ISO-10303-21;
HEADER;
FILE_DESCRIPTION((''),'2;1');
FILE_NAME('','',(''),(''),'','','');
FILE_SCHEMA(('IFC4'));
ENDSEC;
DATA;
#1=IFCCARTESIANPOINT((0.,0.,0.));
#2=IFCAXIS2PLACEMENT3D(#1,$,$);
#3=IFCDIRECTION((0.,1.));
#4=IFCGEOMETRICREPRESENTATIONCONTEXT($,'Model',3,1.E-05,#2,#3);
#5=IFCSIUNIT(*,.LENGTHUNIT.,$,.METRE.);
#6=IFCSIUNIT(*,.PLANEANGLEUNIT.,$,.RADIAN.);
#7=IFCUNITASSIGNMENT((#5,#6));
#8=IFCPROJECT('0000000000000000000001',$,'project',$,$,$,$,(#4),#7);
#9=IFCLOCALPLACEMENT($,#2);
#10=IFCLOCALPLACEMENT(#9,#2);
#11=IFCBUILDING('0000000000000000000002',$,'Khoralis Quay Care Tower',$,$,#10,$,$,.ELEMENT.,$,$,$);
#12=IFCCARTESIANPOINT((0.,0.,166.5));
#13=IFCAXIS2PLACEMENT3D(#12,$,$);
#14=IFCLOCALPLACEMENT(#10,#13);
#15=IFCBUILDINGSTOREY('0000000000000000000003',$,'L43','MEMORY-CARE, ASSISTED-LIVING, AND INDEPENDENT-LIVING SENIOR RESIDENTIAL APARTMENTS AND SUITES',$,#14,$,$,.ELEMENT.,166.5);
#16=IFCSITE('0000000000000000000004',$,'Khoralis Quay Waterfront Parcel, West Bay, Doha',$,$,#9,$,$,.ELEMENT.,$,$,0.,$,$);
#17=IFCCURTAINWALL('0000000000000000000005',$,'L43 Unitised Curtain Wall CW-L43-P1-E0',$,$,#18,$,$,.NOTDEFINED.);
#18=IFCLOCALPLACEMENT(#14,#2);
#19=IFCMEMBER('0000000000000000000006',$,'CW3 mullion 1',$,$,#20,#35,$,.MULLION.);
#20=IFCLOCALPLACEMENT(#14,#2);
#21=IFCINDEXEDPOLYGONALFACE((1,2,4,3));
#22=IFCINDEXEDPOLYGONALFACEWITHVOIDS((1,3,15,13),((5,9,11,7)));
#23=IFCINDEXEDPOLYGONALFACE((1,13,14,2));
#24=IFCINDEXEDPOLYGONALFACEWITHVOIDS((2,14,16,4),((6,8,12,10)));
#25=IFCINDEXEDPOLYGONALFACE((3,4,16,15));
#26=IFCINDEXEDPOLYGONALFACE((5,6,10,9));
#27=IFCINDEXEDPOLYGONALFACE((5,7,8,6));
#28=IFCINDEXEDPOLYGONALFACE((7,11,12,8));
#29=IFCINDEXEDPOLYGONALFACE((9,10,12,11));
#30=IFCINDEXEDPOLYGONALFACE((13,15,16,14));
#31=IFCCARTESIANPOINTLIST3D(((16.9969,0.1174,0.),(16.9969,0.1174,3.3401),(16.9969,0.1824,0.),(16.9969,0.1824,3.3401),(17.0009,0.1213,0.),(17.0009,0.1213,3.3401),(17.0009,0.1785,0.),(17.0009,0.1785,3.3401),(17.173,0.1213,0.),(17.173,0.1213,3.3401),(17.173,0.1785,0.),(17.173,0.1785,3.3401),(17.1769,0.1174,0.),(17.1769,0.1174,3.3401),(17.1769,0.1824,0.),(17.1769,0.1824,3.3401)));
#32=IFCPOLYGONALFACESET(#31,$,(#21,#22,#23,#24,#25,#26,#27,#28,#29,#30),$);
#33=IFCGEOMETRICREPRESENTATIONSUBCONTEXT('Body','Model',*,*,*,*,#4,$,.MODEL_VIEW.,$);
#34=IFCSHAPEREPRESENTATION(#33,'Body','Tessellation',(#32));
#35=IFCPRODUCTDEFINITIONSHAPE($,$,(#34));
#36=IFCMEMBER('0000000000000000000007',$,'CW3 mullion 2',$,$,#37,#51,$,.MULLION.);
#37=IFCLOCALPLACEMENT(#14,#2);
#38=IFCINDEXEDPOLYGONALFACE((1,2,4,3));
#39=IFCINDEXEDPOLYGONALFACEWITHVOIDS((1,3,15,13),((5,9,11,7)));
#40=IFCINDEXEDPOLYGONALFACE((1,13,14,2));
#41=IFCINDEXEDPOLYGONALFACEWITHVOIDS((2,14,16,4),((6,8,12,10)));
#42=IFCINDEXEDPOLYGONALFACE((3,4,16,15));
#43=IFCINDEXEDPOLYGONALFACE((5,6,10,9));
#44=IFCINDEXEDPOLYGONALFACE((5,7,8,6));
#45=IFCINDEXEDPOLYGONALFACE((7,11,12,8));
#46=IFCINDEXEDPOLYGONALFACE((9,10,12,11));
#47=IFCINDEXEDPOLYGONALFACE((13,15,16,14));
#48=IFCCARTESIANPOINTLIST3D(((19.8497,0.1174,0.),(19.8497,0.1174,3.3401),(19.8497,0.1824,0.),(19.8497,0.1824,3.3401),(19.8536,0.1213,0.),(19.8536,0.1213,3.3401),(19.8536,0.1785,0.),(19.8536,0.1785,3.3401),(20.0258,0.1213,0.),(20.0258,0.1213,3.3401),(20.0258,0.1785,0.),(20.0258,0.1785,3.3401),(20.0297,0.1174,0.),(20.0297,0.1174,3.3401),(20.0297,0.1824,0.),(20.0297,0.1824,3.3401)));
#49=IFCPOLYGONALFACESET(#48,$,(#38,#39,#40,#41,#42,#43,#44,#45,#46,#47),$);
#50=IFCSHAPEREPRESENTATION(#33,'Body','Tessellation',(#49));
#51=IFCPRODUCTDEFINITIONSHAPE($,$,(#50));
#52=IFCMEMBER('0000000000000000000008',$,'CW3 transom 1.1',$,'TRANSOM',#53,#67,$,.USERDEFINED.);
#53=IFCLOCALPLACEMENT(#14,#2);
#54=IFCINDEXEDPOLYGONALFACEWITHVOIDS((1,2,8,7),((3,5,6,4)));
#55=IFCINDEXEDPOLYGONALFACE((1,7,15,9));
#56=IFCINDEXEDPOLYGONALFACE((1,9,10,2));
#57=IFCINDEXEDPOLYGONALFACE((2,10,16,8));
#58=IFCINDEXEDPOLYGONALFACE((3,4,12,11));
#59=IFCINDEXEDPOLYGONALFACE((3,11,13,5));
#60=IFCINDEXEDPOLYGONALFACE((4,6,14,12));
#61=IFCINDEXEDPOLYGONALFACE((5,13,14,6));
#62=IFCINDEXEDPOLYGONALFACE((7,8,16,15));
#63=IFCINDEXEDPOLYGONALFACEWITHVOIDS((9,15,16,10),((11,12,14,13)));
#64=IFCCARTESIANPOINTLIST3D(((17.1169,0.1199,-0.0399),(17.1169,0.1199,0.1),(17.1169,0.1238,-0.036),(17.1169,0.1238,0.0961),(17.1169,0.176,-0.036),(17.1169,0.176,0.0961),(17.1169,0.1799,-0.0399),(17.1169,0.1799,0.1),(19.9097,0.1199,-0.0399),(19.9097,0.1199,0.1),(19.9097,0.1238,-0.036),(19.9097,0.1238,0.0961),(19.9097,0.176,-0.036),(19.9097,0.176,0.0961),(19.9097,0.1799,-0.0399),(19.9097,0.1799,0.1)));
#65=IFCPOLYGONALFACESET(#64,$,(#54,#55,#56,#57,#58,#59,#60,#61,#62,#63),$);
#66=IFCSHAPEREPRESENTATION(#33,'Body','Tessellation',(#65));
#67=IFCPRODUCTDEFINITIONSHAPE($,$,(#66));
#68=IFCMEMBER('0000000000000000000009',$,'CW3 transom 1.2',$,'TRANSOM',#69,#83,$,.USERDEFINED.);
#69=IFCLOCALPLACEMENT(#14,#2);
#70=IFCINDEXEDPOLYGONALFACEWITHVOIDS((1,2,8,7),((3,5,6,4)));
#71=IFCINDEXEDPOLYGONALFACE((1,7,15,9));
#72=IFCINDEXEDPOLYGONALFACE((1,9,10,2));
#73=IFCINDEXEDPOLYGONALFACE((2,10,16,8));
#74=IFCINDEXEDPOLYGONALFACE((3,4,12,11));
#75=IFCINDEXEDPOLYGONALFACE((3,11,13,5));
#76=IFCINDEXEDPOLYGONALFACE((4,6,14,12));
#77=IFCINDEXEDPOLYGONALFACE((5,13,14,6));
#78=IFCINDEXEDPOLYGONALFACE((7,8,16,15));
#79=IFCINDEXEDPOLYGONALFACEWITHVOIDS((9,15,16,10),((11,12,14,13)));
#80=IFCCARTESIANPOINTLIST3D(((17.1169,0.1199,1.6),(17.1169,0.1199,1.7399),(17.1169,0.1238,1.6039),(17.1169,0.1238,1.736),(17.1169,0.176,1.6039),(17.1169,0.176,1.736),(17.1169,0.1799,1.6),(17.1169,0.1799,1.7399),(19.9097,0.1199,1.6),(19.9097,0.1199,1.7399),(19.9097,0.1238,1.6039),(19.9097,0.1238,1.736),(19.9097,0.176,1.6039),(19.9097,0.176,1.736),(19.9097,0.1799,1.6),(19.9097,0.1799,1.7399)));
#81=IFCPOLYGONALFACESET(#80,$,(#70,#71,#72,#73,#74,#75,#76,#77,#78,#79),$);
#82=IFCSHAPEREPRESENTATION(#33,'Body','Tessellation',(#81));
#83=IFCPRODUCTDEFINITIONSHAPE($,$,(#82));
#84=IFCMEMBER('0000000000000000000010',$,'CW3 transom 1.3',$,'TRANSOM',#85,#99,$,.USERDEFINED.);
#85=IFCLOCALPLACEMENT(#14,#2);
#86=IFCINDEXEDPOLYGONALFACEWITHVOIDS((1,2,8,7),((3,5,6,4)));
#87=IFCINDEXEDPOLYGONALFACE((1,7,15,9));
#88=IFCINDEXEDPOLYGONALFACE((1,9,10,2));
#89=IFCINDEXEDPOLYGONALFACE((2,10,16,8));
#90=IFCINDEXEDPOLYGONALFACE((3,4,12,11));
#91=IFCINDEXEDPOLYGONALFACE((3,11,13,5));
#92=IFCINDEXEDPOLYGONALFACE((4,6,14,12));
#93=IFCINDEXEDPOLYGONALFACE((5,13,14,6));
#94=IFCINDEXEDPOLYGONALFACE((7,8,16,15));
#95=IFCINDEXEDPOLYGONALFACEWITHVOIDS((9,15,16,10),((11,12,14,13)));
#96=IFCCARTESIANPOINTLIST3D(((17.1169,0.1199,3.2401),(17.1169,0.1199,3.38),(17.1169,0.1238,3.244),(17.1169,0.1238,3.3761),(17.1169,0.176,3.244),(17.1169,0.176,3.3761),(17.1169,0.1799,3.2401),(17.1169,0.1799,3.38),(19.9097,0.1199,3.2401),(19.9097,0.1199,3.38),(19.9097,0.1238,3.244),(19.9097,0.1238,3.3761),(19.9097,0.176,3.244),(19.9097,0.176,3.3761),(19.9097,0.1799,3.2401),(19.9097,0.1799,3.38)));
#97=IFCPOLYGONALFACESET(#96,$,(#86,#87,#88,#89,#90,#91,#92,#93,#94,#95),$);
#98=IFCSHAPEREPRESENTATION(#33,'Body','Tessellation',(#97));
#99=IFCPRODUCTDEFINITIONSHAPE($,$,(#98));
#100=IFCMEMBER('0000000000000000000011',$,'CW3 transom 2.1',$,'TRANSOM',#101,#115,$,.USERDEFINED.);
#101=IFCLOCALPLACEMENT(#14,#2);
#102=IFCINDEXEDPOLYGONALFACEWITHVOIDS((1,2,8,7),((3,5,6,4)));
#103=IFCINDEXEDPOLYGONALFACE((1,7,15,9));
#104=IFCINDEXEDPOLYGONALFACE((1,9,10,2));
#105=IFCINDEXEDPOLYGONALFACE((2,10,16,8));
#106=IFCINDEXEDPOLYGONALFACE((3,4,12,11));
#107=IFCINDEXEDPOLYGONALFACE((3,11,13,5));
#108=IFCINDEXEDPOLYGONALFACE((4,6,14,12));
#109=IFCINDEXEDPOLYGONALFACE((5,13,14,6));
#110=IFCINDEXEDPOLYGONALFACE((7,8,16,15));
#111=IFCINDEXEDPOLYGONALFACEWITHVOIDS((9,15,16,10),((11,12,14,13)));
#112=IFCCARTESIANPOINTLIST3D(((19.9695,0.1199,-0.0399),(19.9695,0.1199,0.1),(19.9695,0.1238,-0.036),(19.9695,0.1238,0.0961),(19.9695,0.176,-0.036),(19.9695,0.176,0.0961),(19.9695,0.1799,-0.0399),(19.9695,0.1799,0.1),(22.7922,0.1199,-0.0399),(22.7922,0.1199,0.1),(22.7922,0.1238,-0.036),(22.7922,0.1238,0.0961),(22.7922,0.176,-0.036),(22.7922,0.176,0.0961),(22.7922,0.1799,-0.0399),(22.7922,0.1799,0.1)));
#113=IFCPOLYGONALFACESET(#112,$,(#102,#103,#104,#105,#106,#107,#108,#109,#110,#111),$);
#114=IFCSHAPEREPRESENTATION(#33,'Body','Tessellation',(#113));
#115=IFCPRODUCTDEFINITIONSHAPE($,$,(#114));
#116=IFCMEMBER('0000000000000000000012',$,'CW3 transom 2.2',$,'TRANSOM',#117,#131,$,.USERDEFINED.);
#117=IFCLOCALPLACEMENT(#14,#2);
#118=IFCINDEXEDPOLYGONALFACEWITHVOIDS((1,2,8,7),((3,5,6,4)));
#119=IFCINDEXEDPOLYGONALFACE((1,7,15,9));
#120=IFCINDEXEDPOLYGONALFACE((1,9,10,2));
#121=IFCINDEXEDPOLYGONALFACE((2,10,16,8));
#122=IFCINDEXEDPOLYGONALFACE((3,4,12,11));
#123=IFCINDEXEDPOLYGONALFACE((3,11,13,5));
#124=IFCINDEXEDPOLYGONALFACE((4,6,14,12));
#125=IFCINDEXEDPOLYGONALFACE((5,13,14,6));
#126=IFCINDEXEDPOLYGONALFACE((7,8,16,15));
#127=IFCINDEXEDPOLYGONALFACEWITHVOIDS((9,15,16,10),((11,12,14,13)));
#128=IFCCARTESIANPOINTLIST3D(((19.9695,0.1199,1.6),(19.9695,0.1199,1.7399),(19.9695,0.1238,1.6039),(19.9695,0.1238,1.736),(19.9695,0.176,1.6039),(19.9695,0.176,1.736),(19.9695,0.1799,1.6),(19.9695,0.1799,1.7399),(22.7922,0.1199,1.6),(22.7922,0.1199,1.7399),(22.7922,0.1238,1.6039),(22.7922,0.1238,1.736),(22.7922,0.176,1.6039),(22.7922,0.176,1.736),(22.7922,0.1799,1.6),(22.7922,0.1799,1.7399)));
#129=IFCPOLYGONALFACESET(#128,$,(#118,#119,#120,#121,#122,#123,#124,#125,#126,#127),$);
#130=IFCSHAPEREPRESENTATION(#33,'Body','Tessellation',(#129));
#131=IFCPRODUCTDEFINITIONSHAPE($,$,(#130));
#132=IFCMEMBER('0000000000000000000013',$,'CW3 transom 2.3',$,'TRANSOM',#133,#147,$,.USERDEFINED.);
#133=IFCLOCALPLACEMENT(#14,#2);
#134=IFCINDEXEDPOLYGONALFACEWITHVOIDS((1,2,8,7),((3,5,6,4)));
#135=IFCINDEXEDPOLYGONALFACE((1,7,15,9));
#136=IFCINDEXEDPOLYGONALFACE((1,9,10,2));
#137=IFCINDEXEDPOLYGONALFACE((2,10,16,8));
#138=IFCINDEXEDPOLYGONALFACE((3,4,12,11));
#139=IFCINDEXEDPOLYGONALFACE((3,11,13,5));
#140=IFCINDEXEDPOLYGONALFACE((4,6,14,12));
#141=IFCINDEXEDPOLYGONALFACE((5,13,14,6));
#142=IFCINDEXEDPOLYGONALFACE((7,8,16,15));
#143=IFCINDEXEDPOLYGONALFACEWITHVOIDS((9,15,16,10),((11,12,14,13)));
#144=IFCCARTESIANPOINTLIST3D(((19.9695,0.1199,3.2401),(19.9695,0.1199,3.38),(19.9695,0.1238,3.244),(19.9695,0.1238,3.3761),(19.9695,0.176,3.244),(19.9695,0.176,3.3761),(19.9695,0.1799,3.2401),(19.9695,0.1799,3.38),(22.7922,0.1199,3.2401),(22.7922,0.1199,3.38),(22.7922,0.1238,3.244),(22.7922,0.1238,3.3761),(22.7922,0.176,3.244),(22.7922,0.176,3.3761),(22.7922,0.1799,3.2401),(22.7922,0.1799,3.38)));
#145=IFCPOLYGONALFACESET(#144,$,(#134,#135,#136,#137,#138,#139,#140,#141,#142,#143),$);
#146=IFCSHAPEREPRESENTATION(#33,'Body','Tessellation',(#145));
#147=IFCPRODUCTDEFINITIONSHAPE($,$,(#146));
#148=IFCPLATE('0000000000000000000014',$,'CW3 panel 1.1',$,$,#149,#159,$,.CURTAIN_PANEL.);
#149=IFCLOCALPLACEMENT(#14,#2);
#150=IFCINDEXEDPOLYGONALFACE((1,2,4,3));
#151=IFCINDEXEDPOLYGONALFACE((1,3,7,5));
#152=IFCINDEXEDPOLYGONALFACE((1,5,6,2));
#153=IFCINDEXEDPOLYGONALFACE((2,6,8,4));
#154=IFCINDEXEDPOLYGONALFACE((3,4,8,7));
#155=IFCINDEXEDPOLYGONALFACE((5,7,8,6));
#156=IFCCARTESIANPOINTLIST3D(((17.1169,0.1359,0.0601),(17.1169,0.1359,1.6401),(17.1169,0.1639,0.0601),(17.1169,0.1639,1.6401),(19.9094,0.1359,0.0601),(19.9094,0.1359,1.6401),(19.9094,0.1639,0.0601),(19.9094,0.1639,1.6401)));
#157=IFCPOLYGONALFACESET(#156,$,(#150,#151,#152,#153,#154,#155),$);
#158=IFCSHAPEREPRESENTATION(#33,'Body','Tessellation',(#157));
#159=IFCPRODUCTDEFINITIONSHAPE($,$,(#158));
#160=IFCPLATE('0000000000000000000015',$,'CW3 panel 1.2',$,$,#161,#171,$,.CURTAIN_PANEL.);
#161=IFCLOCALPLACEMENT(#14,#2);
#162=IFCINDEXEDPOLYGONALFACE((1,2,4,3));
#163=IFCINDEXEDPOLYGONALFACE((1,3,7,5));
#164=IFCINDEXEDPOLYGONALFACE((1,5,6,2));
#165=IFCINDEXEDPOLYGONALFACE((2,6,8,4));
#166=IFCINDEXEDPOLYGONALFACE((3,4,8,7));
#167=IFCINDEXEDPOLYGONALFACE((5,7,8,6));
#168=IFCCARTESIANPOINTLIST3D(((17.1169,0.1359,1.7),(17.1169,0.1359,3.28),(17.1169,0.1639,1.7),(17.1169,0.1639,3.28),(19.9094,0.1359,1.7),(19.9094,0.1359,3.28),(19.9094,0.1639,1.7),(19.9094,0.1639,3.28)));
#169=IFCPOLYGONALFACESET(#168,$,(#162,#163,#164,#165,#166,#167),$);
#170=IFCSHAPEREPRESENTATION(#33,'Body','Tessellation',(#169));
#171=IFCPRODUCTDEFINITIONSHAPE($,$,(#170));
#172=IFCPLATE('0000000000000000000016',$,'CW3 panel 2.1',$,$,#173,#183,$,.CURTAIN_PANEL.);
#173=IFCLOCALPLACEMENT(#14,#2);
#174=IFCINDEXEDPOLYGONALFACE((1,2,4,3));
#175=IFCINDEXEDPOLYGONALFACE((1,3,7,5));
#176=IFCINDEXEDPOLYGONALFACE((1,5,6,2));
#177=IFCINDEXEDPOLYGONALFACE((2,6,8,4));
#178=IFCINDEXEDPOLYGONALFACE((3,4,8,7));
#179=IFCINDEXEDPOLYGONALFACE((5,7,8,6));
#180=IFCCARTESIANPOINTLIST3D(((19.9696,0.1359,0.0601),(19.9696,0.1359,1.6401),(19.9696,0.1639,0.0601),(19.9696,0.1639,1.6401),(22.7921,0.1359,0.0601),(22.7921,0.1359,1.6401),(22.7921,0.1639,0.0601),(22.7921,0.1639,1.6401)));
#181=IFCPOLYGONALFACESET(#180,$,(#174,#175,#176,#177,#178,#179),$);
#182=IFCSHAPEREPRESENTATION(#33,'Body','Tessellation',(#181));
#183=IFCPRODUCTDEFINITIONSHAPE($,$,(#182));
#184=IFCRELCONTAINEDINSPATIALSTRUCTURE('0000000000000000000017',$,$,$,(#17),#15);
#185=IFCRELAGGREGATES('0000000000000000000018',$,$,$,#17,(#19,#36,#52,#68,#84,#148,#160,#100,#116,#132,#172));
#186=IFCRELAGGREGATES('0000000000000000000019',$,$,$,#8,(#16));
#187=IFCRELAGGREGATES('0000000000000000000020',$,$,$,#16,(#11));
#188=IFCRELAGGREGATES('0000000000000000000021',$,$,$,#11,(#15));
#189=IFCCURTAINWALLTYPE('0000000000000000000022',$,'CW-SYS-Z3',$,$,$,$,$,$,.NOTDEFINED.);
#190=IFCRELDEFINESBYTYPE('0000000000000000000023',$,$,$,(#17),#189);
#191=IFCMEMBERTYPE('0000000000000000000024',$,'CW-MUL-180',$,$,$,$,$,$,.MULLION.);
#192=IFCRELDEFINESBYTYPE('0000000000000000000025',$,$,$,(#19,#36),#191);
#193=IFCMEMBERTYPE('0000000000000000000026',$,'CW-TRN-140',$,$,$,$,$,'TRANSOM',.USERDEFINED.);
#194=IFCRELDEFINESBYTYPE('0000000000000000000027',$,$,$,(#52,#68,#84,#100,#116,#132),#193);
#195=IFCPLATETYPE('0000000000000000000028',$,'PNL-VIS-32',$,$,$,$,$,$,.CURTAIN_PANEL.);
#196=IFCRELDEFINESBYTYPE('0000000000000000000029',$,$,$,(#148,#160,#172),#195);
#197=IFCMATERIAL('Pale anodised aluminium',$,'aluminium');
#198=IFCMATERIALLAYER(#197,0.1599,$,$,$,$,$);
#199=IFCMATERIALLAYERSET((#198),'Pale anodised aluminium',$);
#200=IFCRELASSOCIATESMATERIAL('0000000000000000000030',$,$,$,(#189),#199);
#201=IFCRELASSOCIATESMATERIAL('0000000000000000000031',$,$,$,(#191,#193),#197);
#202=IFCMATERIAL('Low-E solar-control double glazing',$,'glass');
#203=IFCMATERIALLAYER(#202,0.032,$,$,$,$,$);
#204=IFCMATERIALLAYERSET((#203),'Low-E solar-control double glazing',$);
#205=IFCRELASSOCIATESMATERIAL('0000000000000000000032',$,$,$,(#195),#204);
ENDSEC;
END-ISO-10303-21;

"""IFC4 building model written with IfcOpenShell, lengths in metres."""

from ifc_helpers import new_model, si_unit, direction, frame, origin, origin_2d, place, context, subcontext, project, spatial, rectangle, hollow_rectangle, extrude, source, transform, mapped, material, layer, layer_set, material_profile, profile_set, type_object, element, aggregate, save


model = new_model("IFC4")

# Units and contexts
model_context = context("Model", 3, precision=1e-05, world=origin(), true_north=direction((0.0, 1.0)))
body_context = subcontext(model_context, "Body", "Model", "MODEL_VIEW")
ifc_project = project(units=[si_unit("LENGTHUNIT", "METRE"), si_unit("PLANEANGLEUNIT", "RADIAN")], contexts=[model_context])

# Site, building, storey
site_placement = place(None, origin())
site = spatial("IfcSite", under=ifc_project, at=site_placement, Name="Khoralis Quay Waterfront Parcel, West Bay, Doha", CompositionType="ELEMENT", RefElevation=0.0)
building_placement = place(site_placement, origin())
building = spatial("IfcBuilding", under=site, at=building_placement, Name="Khoralis Quay Care Tower", CompositionType="ELEMENT")
storey_placement = place(building_placement, frame((0.0, 0.0, 166.5)))
storey = spatial("IfcBuildingStorey", under=building, at=storey_placement, Name="L43", Description="MEMORY-CARE, ASSISTED-LIVING, AND INDEPENDENT-LIVING SENIOR RESIDENTIAL APARTMENTS AND SUITES", CompositionType="ELEMENT", Elevation=166.5)

# Curtain wall, members, plates
ifc_material_1 = material(Name="Pale anodised aluminium", Category="aluminium")
ifc_layer_1 = layer(ifc_material_1, 0.1599)
ifc_layer_set_1 = layer_set([ifc_layer_1], Name="Pale anodised aluminium")
curtain_wall_type = type_object("IfcCurtainWallType", Name="CW-SYS-Z3", PredefinedType="NOTDEFINED", material=ifc_layer_set_1)
curtain_wall_placement = place(storey_placement, origin())
curtain_wall = element("IfcCurtainWall", 1, at=curtain_wall_placement, inside=storey, type_object=curtain_wall_type, Name="L43 Unitised Curtain Wall CW-L43-P1-E0", PredefinedType="NOTDEFINED")
ifc_material_profile_1 = material_profile(ifc_material_1, hollow_rectangle(XDim=0.0649, YDim=0.1799, WallThickness=0.0039, at=origin_2d()), Name="Pale anodised aluminium")
ifc_profile_set_1 = profile_set([ifc_material_profile_1], Name="Pale anodised aluminium")
member_type_1 = type_object("IfcMemberType", Name="CW-MUL-180", PredefinedType="MULLION", material=ifc_profile_set_1)
shared_shape_1 = source(origin(), body_context, "Body", "SweptSolid", [
    extrude(hollow_rectangle(XDim=0.0649, YDim=0.1799, WallThickness=0.0039, at=origin_2d()), origin(), (0.0, 0.0, 1.0), 3.3401),
])
member_1_placement = place(storey_placement, frame((17.0869, 0.1499, 0.0), z_axis=(0.0, 0.0, 1.0), x_axis=(0.0, 1.0, 0.0)))
member_1 = element("IfcMember", 2, at=member_1_placement, type_object=member_type_1, Name="CW3 mullion 1", PredefinedType="MULLION", context=body_context, shape_type="MappedRepresentation", body=[
    mapped(shared_shape_1, transform((0.0, 0.0, 0.0), scale=1.0)),
])
member_2_placement = place(storey_placement, frame((19.9397, 0.1499, 0.0), z_axis=(0.0, 0.0, 1.0), x_axis=(0.0, 1.0, 0.0)))
member_2 = element("IfcMember", 3, at=member_2_placement, type_object=member_type_1, Name="CW3 mullion 2", PredefinedType="MULLION", context=body_context, shape_type="MappedRepresentation", body=[
    mapped(shared_shape_1, transform((0.0, 0.0, 0.0), scale=1.0)),
])
ifc_material_profile_2 = material_profile(ifc_material_1, hollow_rectangle(XDim=0.0601, YDim=0.1399, WallThickness=0.0039, at=origin_2d()), Name="Pale anodised aluminium")
ifc_profile_set_2 = profile_set([ifc_material_profile_2], Name="Pale anodised aluminium")
member_type_2 = type_object("IfcMemberType", Name="CW-TRN-140", ElementType="TRANSOM", PredefinedType="USERDEFINED", material=ifc_profile_set_2)
shared_shape_2 = source(origin(), body_context, "Body", "SweptSolid", [
    extrude(hollow_rectangle(XDim=0.0601, YDim=0.1399, WallThickness=0.0039, at=origin_2d()), origin(), (0.0, 0.0, 1.0), 2.7927),
])
member_3_placement = place(storey_placement, frame((17.1169, 0.1499, 0.03), z_axis=(1.0, 0.0, 0.0), x_axis=(0.0, 1.0, 0.0)))
member_3 = element("IfcMember", 4, at=member_3_placement, type_object=member_type_2, Name="CW3 transom 1.1", ObjectType="TRANSOM", PredefinedType="USERDEFINED", context=body_context, shape_type="MappedRepresentation", body=[
    mapped(shared_shape_2, transform((0.0, 0.0, 0.0), scale=1.0)),
])
member_4_placement = place(storey_placement, frame((17.1169, 0.1499, 1.6699), z_axis=(1.0, 0.0, 0.0), x_axis=(0.0, 1.0, 0.0)))
member_4 = element("IfcMember", 5, at=member_4_placement, type_object=member_type_2, Name="CW3 transom 1.2", ObjectType="TRANSOM", PredefinedType="USERDEFINED", context=body_context, shape_type="MappedRepresentation", body=[
    mapped(shared_shape_2, transform((0.0, 0.0, 0.0), scale=1.0)),
])
member_5_placement = place(storey_placement, frame((17.1169, 0.1499, 3.3101), z_axis=(1.0, 0.0, 0.0), x_axis=(0.0, 1.0, 0.0)))
member_5 = element("IfcMember", 6, at=member_5_placement, type_object=member_type_2, Name="CW3 transom 1.3", ObjectType="TRANSOM", PredefinedType="USERDEFINED", context=body_context, shape_type="MappedRepresentation", body=[
    mapped(shared_shape_2, transform((0.0, 0.0, 0.0), scale=1.0)),
])
shared_shape_3 = source(origin(), body_context, "Body", "SweptSolid", [
    extrude(hollow_rectangle(XDim=0.0601, YDim=0.1399, WallThickness=0.0039, at=origin_2d()), origin(), (0.0, 0.0, 1.0), 2.8228),
])
member_6_placement = place(storey_placement, frame((19.9695, 0.1499, 0.03), z_axis=(1.0, 0.0, 0.0), x_axis=(0.0, 1.0, 0.0)))
member_6 = element("IfcMember", 7, at=member_6_placement, type_object=member_type_2, Name="CW3 transom 2.1", ObjectType="TRANSOM", PredefinedType="USERDEFINED", context=body_context, shape_type="MappedRepresentation", body=[
    mapped(shared_shape_3, transform((0.0, 0.0, 0.0), scale=1.0)),
])
member_7_placement = place(storey_placement, frame((19.9695, 0.1499, 1.6699), z_axis=(1.0, 0.0, 0.0), x_axis=(0.0, 1.0, 0.0)))
member_7 = element("IfcMember", 8, at=member_7_placement, type_object=member_type_2, Name="CW3 transom 2.2", ObjectType="TRANSOM", PredefinedType="USERDEFINED", context=body_context, shape_type="MappedRepresentation", body=[
    mapped(shared_shape_3, transform((0.0, 0.0, 0.0), scale=1.0)),
])
member_8_placement = place(storey_placement, frame((19.9695, 0.1499, 3.3101), z_axis=(1.0, 0.0, 0.0), x_axis=(0.0, 1.0, 0.0)))
member_8 = element("IfcMember", 9, at=member_8_placement, type_object=member_type_2, Name="CW3 transom 2.3", ObjectType="TRANSOM", PredefinedType="USERDEFINED", context=body_context, shape_type="MappedRepresentation", body=[
    mapped(shared_shape_3, transform((0.0, 0.0, 0.0), scale=1.0)),
])
ifc_material_2 = material(Name="Low-E solar-control double glazing", Category="glass")
ifc_layer_2 = layer(ifc_material_2, 0.032)
ifc_layer_set_2 = layer_set([ifc_layer_2], Name="Low-E solar-control double glazing")
plate_type = type_object("IfcPlateType", Name="PNL-VIS-32", PredefinedType="CURTAIN_PANEL", material=ifc_layer_set_2)
shared_shape_4 = source(origin(), body_context, "Body", "SweptSolid", [
    extrude(rectangle(XDim=2.7925, YDim=0.0281, at=origin_2d()), origin(), (0.0, 0.0, 1.0), 1.5801),
])
plate_1_placement = place(storey_placement, frame((18.5132, 0.1499, 0.0601), z_axis=(0.0, 0.0, 1.0), x_axis=(1.0, 0.0, 0.0)))
plate_1 = element("IfcPlate", 10, at=plate_1_placement, type_object=plate_type, Name="CW3 panel 1.1", PredefinedType="CURTAIN_PANEL", context=body_context, shape_type="MappedRepresentation", body=[
    mapped(shared_shape_4, transform((0.0, 0.0, 0.0), scale=1.0)),
])
plate_2_placement = place(storey_placement, frame((18.5132, 0.1499, 1.7), z_axis=(0.0, 0.0, 1.0), x_axis=(1.0, 0.0, 0.0)))
plate_2 = element("IfcPlate", 11, at=plate_2_placement, type_object=plate_type, Name="CW3 panel 1.2", PredefinedType="CURTAIN_PANEL", context=body_context, shape_type="MappedRepresentation", body=[
    mapped(shared_shape_4, transform((0.0, 0.0, 0.0), scale=1.0)),
])
shared_shape_5 = source(origin(), body_context, "Body", "SweptSolid", [
    extrude(rectangle(XDim=2.8225, YDim=0.0281, at=origin_2d()), origin(), (0.0, 0.0, 1.0), 1.5801),
])
plate_3_placement = place(storey_placement, frame((21.3809, 0.1499, 0.0601), z_axis=(0.0, 0.0, 1.0), x_axis=(1.0, 0.0, 0.0)))
plate_3 = element("IfcPlate", 12, at=plate_3_placement, type_object=plate_type, Name="CW3 panel 2.1", PredefinedType="CURTAIN_PANEL", context=body_context, shape_type="MappedRepresentation", body=[
    mapped(shared_shape_5, transform((0.0, 0.0, 0.0), scale=1.0)),
])
aggregate(curtain_wall, [member_1, member_2, member_3, member_4, member_5, plate_1, plate_2, member_6, member_7, member_8, plate_3])

save(model, "model.ifc")
